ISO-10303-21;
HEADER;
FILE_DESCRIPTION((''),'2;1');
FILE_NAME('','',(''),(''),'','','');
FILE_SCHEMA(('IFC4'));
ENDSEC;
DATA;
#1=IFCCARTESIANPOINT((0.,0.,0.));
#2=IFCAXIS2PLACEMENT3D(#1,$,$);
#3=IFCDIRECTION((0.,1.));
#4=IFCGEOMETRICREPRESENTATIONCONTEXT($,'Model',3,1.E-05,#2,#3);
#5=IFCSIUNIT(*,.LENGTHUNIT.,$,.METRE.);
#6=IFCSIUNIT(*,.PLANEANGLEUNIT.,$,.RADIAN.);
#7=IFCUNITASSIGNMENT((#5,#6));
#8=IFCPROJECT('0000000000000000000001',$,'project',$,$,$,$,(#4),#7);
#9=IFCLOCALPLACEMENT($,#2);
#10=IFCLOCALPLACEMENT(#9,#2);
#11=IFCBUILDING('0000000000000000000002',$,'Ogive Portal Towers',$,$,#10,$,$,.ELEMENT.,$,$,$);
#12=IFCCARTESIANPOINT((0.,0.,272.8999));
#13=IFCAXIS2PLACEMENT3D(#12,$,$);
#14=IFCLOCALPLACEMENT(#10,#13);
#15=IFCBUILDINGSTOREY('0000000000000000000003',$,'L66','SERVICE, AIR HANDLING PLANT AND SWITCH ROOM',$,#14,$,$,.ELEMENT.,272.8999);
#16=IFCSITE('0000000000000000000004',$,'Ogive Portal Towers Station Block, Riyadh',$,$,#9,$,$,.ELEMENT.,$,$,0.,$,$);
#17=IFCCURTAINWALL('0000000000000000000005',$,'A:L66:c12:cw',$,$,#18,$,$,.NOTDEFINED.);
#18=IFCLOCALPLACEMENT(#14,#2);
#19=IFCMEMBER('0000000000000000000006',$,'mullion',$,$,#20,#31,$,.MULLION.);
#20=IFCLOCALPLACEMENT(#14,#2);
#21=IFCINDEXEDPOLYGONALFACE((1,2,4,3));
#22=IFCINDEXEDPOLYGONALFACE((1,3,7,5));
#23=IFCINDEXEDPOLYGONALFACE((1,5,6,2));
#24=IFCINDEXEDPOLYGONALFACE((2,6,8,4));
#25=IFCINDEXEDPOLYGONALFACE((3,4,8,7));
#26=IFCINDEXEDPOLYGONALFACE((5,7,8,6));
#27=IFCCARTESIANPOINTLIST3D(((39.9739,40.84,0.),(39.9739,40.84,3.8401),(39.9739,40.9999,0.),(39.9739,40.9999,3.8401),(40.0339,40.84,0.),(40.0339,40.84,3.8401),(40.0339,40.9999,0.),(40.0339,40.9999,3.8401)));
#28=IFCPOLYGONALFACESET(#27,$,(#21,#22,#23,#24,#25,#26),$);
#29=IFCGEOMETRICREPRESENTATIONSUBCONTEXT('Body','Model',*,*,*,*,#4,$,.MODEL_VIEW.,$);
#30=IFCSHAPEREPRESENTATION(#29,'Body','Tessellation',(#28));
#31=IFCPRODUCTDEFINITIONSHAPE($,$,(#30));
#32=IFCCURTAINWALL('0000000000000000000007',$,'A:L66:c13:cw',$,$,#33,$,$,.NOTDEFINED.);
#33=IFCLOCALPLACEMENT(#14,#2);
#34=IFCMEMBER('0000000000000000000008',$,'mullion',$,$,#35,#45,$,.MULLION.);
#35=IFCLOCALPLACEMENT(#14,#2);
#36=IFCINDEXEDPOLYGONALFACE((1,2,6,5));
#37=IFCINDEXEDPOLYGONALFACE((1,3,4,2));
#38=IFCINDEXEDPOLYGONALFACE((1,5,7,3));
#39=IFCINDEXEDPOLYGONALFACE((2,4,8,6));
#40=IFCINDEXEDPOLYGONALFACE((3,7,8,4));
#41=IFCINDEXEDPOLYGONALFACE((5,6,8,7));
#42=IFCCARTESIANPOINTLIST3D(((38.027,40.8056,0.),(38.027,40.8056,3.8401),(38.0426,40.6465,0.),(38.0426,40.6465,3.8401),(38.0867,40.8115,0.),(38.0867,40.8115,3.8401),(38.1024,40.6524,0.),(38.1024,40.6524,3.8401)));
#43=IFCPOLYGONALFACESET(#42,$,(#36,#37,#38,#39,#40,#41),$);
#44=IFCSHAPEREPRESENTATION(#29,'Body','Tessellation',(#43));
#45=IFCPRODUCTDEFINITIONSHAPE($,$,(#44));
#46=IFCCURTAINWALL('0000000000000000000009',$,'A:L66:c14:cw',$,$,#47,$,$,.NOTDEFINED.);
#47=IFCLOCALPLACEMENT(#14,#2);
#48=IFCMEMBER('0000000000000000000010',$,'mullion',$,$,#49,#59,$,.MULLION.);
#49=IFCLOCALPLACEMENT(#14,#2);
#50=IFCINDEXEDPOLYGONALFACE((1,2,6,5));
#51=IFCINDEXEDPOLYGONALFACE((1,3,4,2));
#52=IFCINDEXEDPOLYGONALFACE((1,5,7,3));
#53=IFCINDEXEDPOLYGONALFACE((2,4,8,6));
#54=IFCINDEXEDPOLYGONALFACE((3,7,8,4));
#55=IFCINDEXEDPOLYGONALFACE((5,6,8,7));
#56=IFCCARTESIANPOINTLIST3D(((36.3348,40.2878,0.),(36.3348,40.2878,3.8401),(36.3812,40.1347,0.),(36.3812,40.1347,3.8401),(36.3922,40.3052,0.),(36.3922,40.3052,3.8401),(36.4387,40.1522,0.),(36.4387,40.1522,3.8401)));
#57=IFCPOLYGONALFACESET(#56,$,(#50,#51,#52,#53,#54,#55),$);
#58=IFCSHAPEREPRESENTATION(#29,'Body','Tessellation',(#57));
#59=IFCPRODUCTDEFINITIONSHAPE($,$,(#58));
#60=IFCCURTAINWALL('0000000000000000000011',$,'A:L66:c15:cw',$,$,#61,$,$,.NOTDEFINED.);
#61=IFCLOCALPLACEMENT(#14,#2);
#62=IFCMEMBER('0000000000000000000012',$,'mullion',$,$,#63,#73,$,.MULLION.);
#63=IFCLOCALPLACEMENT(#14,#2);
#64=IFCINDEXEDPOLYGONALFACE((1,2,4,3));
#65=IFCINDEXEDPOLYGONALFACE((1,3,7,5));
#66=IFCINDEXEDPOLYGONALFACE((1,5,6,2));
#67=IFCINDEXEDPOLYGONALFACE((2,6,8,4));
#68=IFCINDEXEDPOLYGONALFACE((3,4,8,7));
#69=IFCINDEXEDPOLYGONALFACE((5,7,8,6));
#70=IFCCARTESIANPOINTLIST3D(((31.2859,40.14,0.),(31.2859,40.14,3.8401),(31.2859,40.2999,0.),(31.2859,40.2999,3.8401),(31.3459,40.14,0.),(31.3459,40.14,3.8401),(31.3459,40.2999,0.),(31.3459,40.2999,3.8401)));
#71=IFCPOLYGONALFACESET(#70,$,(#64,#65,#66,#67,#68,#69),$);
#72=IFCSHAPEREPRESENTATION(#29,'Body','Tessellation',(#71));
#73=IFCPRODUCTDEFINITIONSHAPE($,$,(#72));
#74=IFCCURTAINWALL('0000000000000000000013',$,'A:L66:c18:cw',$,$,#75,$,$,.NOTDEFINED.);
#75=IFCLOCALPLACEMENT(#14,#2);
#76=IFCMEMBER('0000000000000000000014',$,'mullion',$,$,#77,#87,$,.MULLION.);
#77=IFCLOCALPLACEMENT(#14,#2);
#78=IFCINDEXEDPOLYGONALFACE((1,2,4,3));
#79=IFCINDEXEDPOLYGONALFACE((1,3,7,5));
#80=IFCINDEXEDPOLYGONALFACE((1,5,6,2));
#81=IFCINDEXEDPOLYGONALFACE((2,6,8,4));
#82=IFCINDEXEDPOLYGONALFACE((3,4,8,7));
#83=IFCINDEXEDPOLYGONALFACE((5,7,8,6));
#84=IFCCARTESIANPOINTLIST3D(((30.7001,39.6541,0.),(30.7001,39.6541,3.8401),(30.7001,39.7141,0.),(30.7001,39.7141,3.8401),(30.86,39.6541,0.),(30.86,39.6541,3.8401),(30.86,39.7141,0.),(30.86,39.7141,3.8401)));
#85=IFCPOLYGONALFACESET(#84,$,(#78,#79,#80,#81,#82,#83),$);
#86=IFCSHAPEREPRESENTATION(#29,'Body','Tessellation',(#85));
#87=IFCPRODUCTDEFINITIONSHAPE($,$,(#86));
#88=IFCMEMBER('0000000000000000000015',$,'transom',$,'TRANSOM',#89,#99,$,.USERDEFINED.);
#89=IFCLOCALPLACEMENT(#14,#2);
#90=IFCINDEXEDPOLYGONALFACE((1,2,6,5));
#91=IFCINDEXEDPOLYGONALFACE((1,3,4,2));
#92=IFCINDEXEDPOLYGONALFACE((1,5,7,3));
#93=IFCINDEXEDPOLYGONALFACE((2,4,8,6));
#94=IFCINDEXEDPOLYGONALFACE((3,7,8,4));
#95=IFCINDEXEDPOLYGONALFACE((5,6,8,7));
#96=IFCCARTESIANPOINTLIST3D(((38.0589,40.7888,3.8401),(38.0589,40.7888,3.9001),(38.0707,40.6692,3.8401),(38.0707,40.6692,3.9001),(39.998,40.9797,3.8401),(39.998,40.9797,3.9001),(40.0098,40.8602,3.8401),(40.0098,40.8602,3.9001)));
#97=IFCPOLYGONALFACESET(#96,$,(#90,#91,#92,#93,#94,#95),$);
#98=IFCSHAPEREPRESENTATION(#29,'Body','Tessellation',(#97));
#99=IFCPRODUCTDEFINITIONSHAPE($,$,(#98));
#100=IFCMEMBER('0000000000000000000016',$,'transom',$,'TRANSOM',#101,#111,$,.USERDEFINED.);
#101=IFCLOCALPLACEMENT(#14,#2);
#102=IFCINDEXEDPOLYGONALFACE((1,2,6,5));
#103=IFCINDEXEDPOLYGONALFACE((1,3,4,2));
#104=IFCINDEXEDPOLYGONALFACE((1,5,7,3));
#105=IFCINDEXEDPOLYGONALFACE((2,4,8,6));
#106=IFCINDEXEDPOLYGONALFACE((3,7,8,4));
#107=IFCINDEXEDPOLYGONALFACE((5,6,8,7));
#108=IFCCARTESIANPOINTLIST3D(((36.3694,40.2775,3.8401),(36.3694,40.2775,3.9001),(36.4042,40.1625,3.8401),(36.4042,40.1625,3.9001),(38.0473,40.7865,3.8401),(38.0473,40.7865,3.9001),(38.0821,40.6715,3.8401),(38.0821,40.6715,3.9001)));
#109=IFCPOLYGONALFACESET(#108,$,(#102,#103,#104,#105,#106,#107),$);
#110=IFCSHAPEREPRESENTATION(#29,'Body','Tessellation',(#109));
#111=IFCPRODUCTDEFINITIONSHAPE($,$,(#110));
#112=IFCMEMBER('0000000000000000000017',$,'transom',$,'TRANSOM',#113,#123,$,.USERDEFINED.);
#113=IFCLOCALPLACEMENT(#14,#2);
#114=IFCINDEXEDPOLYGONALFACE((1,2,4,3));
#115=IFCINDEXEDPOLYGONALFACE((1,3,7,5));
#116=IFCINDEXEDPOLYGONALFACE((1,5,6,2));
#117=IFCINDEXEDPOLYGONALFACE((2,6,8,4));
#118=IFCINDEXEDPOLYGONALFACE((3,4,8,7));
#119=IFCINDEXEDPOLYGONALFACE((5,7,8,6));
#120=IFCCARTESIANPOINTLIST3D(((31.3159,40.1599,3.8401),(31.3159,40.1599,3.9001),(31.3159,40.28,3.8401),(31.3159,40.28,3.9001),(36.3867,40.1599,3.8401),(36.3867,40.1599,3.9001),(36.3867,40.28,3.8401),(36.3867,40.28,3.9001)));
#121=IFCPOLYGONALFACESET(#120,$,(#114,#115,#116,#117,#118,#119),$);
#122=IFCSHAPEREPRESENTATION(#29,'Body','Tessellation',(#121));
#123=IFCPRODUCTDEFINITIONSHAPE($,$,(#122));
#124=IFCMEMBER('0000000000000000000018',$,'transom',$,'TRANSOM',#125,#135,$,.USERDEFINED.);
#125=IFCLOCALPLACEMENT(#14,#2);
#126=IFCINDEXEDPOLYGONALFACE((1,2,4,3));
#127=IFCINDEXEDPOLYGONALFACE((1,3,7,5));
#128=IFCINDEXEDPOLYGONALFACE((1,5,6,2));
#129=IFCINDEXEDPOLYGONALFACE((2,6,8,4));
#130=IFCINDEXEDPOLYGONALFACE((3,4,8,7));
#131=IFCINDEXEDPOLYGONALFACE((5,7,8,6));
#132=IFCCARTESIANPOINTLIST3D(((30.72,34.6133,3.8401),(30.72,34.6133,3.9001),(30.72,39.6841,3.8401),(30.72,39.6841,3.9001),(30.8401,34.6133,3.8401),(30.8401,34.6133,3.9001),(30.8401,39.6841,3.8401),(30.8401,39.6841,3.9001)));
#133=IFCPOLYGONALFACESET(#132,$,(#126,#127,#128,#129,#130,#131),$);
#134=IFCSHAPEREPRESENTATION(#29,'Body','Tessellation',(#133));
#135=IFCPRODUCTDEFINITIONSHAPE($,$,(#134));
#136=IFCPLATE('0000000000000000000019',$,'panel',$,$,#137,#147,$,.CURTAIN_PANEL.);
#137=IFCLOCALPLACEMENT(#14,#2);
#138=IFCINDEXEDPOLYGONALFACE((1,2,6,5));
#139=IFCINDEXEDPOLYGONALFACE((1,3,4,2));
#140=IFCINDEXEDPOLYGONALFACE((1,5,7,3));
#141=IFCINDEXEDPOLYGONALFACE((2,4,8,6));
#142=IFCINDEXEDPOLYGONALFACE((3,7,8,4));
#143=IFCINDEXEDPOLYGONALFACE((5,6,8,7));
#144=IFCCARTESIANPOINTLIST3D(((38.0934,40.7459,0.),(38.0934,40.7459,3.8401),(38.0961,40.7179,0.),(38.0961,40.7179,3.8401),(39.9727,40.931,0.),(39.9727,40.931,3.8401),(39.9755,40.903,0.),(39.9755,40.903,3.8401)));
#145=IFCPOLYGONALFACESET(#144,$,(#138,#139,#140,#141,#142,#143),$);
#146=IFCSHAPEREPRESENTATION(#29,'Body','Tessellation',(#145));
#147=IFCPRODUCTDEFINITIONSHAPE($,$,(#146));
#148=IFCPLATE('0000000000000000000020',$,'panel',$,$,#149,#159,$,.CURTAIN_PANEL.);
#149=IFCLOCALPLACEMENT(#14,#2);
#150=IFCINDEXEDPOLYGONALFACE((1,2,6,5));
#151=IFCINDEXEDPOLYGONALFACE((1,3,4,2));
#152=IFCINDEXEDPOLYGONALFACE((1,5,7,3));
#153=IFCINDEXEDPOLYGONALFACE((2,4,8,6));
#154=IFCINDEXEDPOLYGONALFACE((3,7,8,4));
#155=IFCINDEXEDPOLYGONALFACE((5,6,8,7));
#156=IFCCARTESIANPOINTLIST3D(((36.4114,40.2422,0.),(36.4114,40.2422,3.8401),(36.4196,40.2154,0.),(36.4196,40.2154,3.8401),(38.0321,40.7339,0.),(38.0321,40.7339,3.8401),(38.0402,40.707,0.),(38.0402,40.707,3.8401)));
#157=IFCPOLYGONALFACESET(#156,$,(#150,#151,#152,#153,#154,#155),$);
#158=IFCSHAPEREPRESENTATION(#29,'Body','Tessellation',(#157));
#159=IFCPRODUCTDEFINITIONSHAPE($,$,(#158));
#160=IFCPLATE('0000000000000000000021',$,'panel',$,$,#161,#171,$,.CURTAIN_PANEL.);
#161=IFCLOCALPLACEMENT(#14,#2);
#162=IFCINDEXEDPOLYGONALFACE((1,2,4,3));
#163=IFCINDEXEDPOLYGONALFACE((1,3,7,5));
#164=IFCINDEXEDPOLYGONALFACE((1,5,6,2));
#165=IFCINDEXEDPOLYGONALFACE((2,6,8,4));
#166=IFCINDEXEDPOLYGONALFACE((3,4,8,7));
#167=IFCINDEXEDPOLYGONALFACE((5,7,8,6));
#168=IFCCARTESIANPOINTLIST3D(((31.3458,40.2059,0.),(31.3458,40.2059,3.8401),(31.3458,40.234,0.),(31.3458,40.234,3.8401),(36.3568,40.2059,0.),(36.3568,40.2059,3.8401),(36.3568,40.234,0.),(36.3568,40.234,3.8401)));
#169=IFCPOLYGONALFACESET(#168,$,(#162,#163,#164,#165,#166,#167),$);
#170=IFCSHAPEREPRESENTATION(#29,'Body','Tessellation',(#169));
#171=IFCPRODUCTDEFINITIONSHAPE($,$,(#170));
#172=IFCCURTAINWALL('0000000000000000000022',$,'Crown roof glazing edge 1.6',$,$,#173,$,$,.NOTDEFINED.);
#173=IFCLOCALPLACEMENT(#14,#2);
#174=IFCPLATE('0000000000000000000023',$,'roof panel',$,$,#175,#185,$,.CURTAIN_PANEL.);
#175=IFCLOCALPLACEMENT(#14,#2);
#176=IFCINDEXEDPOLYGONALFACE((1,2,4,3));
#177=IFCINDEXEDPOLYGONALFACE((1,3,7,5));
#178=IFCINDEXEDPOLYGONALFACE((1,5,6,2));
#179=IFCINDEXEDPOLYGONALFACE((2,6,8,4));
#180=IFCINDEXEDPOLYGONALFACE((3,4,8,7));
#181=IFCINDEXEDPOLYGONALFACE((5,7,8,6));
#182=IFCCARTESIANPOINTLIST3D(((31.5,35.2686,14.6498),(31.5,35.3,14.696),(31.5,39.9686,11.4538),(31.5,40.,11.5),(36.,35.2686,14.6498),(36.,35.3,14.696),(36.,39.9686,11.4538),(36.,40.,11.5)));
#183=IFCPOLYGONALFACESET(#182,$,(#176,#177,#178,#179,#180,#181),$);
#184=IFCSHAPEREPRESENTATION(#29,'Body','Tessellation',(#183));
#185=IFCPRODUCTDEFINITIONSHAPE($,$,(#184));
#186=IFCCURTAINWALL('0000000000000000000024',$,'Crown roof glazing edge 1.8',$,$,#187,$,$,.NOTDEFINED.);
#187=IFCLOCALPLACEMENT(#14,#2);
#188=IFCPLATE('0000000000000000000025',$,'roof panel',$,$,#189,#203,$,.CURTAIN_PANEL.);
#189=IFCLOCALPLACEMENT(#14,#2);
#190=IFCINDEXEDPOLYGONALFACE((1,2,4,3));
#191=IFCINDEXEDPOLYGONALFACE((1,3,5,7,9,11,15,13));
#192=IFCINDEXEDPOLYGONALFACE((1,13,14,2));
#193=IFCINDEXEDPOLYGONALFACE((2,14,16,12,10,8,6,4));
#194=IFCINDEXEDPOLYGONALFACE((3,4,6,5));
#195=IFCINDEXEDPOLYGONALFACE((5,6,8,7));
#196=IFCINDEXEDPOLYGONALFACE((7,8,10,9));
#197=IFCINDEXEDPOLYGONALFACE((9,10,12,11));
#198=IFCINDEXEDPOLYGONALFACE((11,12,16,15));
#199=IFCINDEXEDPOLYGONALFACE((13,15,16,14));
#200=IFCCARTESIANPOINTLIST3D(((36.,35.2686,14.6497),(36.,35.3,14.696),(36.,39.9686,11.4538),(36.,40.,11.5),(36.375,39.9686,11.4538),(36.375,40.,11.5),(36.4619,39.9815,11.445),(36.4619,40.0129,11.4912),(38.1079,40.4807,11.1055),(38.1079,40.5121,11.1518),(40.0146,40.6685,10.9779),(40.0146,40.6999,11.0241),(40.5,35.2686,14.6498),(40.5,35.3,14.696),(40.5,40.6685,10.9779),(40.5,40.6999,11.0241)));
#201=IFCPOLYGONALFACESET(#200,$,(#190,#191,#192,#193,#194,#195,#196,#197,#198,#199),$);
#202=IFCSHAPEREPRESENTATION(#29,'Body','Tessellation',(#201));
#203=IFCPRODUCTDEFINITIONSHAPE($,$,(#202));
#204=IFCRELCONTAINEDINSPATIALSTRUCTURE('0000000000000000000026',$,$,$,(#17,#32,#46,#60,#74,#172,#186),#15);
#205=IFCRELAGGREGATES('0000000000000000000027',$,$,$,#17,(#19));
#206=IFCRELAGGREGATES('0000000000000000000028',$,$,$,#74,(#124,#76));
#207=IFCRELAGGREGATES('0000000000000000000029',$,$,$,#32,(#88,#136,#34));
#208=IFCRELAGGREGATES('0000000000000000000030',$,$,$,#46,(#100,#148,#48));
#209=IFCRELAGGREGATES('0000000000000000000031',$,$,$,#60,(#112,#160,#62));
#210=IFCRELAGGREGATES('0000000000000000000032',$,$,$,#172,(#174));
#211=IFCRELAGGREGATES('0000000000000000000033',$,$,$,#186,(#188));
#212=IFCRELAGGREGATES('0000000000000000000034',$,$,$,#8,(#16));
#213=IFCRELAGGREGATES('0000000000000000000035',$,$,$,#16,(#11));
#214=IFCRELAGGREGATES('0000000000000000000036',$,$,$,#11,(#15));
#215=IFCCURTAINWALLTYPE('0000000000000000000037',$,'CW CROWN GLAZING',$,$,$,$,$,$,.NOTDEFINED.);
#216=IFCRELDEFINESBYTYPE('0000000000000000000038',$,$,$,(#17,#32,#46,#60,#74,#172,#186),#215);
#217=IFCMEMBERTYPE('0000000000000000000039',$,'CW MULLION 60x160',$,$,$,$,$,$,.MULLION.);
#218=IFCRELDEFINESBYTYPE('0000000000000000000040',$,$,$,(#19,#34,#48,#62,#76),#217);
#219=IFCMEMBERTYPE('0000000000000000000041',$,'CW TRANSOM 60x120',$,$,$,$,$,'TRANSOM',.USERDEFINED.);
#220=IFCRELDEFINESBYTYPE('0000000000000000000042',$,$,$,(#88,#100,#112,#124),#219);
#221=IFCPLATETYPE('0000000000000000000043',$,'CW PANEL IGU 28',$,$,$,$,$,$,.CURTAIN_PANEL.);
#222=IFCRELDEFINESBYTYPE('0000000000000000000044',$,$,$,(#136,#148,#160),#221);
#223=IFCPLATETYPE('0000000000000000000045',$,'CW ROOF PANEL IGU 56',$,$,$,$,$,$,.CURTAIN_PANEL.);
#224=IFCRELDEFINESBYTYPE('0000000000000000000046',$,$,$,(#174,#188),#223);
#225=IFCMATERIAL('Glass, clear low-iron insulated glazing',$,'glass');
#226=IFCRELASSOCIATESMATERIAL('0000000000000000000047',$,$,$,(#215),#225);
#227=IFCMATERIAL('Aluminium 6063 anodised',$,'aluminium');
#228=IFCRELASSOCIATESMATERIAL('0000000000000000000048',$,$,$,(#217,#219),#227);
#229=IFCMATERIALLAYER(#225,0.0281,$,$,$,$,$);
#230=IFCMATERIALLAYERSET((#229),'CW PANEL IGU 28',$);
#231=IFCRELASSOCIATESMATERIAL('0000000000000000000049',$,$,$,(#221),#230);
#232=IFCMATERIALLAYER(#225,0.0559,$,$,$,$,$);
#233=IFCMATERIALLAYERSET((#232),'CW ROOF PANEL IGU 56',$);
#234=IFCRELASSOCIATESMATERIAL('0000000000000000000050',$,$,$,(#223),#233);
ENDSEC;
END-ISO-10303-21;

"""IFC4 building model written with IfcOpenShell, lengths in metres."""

from ifc_helpers import new_model, si_unit, direction, frame, origin, origin_2d, place, context, subcontext, project, spatial, polyline, rectangle, outline, extrude, material, layer, layer_set, material_profile, profile_set, type_object, element, aggregate, save


model = new_model("IFC4")

# Units and contexts
model_context = context("Model", 3, precision=1e-05, world=origin(), true_north=direction((0.0, 1.0)))
body_context = subcontext(model_context, "Body", "Model", "MODEL_VIEW")
ifc_project = project(units=[si_unit("LENGTHUNIT", "METRE"), si_unit("PLANEANGLEUNIT", "RADIAN")], contexts=[model_context])

# Site, building, storey
site_placement = place(None, origin())
site = spatial("IfcSite", under=ifc_project, at=site_placement, Name="Ogive Portal Towers Station Block, Riyadh", CompositionType="ELEMENT", RefElevation=0.0)
building_placement = place(site_placement, origin())
building = spatial("IfcBuilding", under=site, at=building_placement, Name="Ogive Portal Towers", CompositionType="ELEMENT")
storey_placement = place(building_placement, frame((0.0, 0.0, 272.8999)))
storey = spatial("IfcBuildingStorey", under=building, at=storey_placement, Name="L66", Description="SERVICE, AIR HANDLING PLANT AND SWITCH ROOM", CompositionType="ELEMENT", Elevation=272.8999)

# Curtain walls, members
ifc_material_1 = material(Name="Glass, clear low-iron insulated glazing", Category="glass")
curtain_wall_type = type_object("IfcCurtainWallType", Name="CW CROWN GLAZING", PredefinedType="NOTDEFINED", material=ifc_material_1)
curtain_wall_1_placement = place(storey_placement, origin())
curtain_wall_1 = element("IfcCurtainWall", 1, at=curtain_wall_1_placement, inside=storey, type_object=curtain_wall_type, Name="A:L66:c12:cw", PredefinedType="NOTDEFINED")
ifc_material_2 = material(Name="Aluminium 6063 anodised", Category="aluminium")
ifc_material_profile_1 = material_profile(ifc_material_2, rectangle(XDim=0.1599, YDim=0.0601, at=origin_2d()), Name="AL 60x160")
ifc_profile_set_1 = profile_set([ifc_material_profile_1], Name="Aluminium 6063 anodised")
member_type_1 = type_object("IfcMemberType", Name="CW MULLION 60x160", PredefinedType="MULLION", material=ifc_profile_set_1)
member_1_placement = place(storey_placement, frame((40.0039, 40.9199, 0.0), z_axis=(0.0, 0.0, 1.0), x_axis=(0.0, -1.0, 0.0)))
member_1 = element("IfcMember", 2, at=member_1_placement, type_object=member_type_1, Name="mullion", PredefinedType="MULLION", context=body_context, shape_type="SweptSolid", body=[
    extrude(rectangle(XDim=0.1599, YDim=0.0601, at=origin_2d()), origin(), (0.0, 0.0, 1.0), 3.8401),
])
aggregate(curtain_wall_1, [member_1])
curtain_wall_2_placement = place(storey_placement, origin())
curtain_wall_2 = element("IfcCurtainWall", 3, at=curtain_wall_2_placement, inside=storey, type_object=curtain_wall_type, Name="A:L66:c13:cw", PredefinedType="NOTDEFINED")
member_2_placement = place(storey_placement, frame((38.0647, 40.729, 0.0), z_axis=(0.0, 0.0, 1.0), x_axis=(0.098017, -0.995185, 0.0)))
member_2 = element("IfcMember", 4, at=member_2_placement, type_object=member_type_1, Name="mullion", PredefinedType="MULLION", context=body_context, shape_type="SweptSolid", body=[
    extrude(rectangle(XDim=0.1599, YDim=0.0601, at=origin_2d()), origin(), (0.0, 0.0, 1.0), 3.8401),
])
curtain_wall_3_placement = place(storey_placement, origin())
curtain_wall_3 = element("IfcCurtainWall", 5, at=curtain_wall_3_placement, inside=storey, type_object=curtain_wall_type, Name="A:L66:c14:cw", PredefinedType="NOTDEFINED")
member_3_placement = place(storey_placement, frame((36.3867, 40.22, 0.0), z_axis=(0.0, 0.0, 1.0), x_axis=(0.290285, -0.95694, 0.0)))
member_3 = element("IfcMember", 6, at=member_3_placement, type_object=member_type_1, Name="mullion", PredefinedType="MULLION", context=body_context, shape_type="SweptSolid", body=[
    extrude(rectangle(XDim=0.1599, YDim=0.0601, at=origin_2d()), origin(), (0.0, 0.0, 1.0), 3.8401),
])
curtain_wall_4_placement = place(storey_placement, origin())
curtain_wall_4 = element("IfcCurtainWall", 7, at=curtain_wall_4_placement, inside=storey, type_object=curtain_wall_type, Name="A:L66:c15:cw", PredefinedType="NOTDEFINED")
member_4_placement = place(storey_placement, frame((31.3159, 40.22, 0.0), z_axis=(0.0, 0.0, 1.0), x_axis=(0.0, -1.0, 0.0)))
member_4 = element("IfcMember", 8, at=member_4_placement, type_object=member_type_1, Name="mullion", PredefinedType="MULLION", context=body_context, shape_type="SweptSolid", body=[
    extrude(rectangle(XDim=0.1599, YDim=0.0601, at=origin_2d()), origin(), (0.0, 0.0, 1.0), 3.8401),
])
curtain_wall_5_placement = place(storey_placement, origin())
curtain_wall_5 = element("IfcCurtainWall", 9, at=curtain_wall_5_placement, inside=storey, type_object=curtain_wall_type, Name="A:L66:c18:cw", PredefinedType="NOTDEFINED")
member_5_placement = place(storey_placement, frame((30.78, 39.6841, 0.0), z_axis=(0.0, 0.0, 1.0), x_axis=(1.0, 0.0, 0.0)))
member_5 = element("IfcMember", 10, at=member_5_placement, type_object=member_type_1, Name="mullion", PredefinedType="MULLION", context=body_context, shape_type="SweptSolid", body=[
    extrude(rectangle(XDim=0.1599, YDim=0.0601, at=origin_2d()), origin(), (0.0, 0.0, 1.0), 3.8401),
])

# Members
ifc_material_profile_2 = material_profile(ifc_material_2, rectangle(XDim=0.1201, YDim=0.0601, at=origin_2d()), Name="AL 120x60")
ifc_profile_set_2 = profile_set([ifc_material_profile_2], Name="Aluminium 6063 anodised")
member_type_2 = type_object("IfcMemberType", Name="CW TRANSOM 60x120", ElementType="TRANSOM", PredefinedType="USERDEFINED", material=ifc_profile_set_2)
member_6_placement = place(storey_placement, frame((40.0039, 40.9199, 3.8701), z_axis=(-0.995189, -0.097978, 0.0), x_axis=(0.097978, -0.995189, 0.0)))
member_6 = element("IfcMember", 11, at=member_6_placement, type_object=member_type_2, Name="transom", ObjectType="TRANSOM", PredefinedType="USERDEFINED", context=body_context, shape_type="SweptSolid", body=[
    extrude(rectangle(XDim=0.1201, YDim=0.0601, at=origin_2d()), origin(), (0.0, 0.0, 1.0), 1.9485),
])
member_7_placement = place(storey_placement, frame((38.0647, 40.729, 3.8701), z_axis=(-0.956937, -0.290297, 0.0), x_axis=(0.290297, -0.956937, 0.0)))
member_7 = element("IfcMember", 12, at=member_7_placement, type_object=member_type_2, Name="transom", ObjectType="TRANSOM", PredefinedType="USERDEFINED", context=body_context, shape_type="SweptSolid", body=[
    extrude(rectangle(XDim=0.1201, YDim=0.0601, at=origin_2d()), origin(), (0.0, 0.0, 1.0), 1.7534),
])
member_8_placement = place(storey_placement, frame((36.3867, 40.22, 3.8701), z_axis=(-1.0, 0.0, 0.0), x_axis=(0.0, -1.0, 0.0)))
member_8 = element("IfcMember", 13, at=member_8_placement, type_object=member_type_2, Name="transom", ObjectType="TRANSOM", PredefinedType="USERDEFINED", context=body_context, shape_type="SweptSolid", body=[
    extrude(rectangle(XDim=0.1201, YDim=0.0601, at=origin_2d()), origin(), (0.0, 0.0, 1.0), 5.0708),
])
member_9_placement = place(storey_placement, frame((30.78, 39.6841, 3.8701), z_axis=(0.0, -1.0, 0.0), x_axis=(1.0, 0.0, 0.0)))
member_9 = element("IfcMember", 14, at=member_9_placement, type_object=member_type_2, Name="transom", ObjectType="TRANSOM", PredefinedType="USERDEFINED", context=body_context, shape_type="SweptSolid", body=[
    extrude(rectangle(XDim=0.1201, YDim=0.0601, at=origin_2d()), origin(), (0.0, 0.0, 1.0), 5.0708),
])
aggregate(curtain_wall_5, [member_9, member_5])

# Plates
ifc_layer_1 = layer(ifc_material_1, 0.0281)
ifc_layer_set_1 = layer_set([ifc_layer_1], Name="CW PANEL IGU 28")
plate_type_1 = type_object("IfcPlateType", Name="CW PANEL IGU 28", PredefinedType="CURTAIN_PANEL", material=ifc_layer_set_1)
plate_1_placement = place(storey_placement, frame((39.0344, 40.8245, 0.0), z_axis=(0.0, 0.0, 1.0), x_axis=(-0.995185, -0.098017, 0.0)))
plate_1 = element("IfcPlate", 15, at=plate_1_placement, type_object=plate_type_1, Name="panel", PredefinedType="CURTAIN_PANEL", context=body_context, shape_type="SweptSolid", body=[
    extrude(rectangle(XDim=1.8884, YDim=0.0281, at=origin_2d()), origin(), (0.0, 0.0, 1.0), 3.8401),
])
aggregate(curtain_wall_2, [member_6, plate_1, member_2])
plate_2_placement = place(storey_placement, frame((37.2258, 40.4746, 0.0), z_axis=(0.0, 0.0, 1.0), x_axis=(-0.95694, -0.290285, 0.0)))
plate_2 = element("IfcPlate", 16, at=plate_2_placement, type_object=plate_type_1, Name="panel", PredefinedType="CURTAIN_PANEL", context=body_context, shape_type="SweptSolid", body=[
    extrude(rectangle(XDim=1.6936, YDim=0.0281, at=origin_2d()), origin(), (0.0, 0.0, 1.0), 3.8401),
])
aggregate(curtain_wall_3, [member_7, plate_2, member_3])
plate_3_placement = place(storey_placement, frame((33.8513, 40.22, 0.0), z_axis=(0.0, 0.0, 1.0), x_axis=(-1.0, 0.0, 0.0)))
plate_3 = element("IfcPlate", 17, at=plate_3_placement, type_object=plate_type_1, Name="panel", PredefinedType="CURTAIN_PANEL", context=body_context, shape_type="SweptSolid", body=[
    extrude(rectangle(XDim=5.011, YDim=0.0281, at=origin_2d()), origin(), (0.0, 0.0, 1.0), 3.8401),
])
aggregate(curtain_wall_4, [member_8, plate_3, member_4])

# Curtain walls, plates
curtain_wall_6_placement = place(storey_placement, origin())
curtain_wall_6 = element("IfcCurtainWall", 18, at=curtain_wall_6_placement, inside=storey, type_object=curtain_wall_type, Name="Crown roof glazing edge 1.6", PredefinedType="NOTDEFINED")
ifc_layer_2 = layer(ifc_material_1, 0.0559)
ifc_layer_set_2 = layer_set([ifc_layer_2], Name="CW ROOF PANEL IGU 56")
plate_type_2 = type_object("IfcPlateType", Name="CW ROOF PANEL IGU 56", PredefinedType="CURTAIN_PANEL", material=ifc_layer_set_2)
plate_4_placement = place(storey_placement, frame((31.5, 40.0, 11.5), z_axis=(0.0, 0.562319, 0.82692), x_axis=(0.0, -0.82692, 0.562319)))
plate_4 = element("IfcPlate", 19, at=plate_4_placement, type_object=plate_type_2, Name="roof panel", PredefinedType="CURTAIN_PANEL", context=body_context, shape_type="SweptSolid", body=[
    extrude(outline(polyline([(0.0, 0.0), (5.6837, 0.0), (5.6837, 4.5), (0.0, 4.5), (0.0, 0.0)])), origin(), (0.0, 0.0, -1.0), 0.0559),
])
aggregate(curtain_wall_6, [plate_4])
curtain_wall_7_placement = place(storey_placement, origin())
curtain_wall_7 = element("IfcCurtainWall", 20, at=curtain_wall_7_placement, inside=storey, type_object=curtain_wall_type, Name="Crown roof glazing edge 1.8", PredefinedType="NOTDEFINED")
plate_5_placement = place(storey_placement, frame((36.0, 40.0, 11.5), z_axis=(-0.000012, 0.562307, 0.826929), x_axis=(0.0, -0.826929, 0.562307)))
plate_5 = element("IfcPlate", 21, at=plate_5_placement, type_object=plate_type_2, Name="roof panel", PredefinedType="CURTAIN_PANEL", context=body_context, shape_type="SweptSolid", body=[
    extrude(outline(polyline([(0.0, 0.0), (5.6837, 0.0), (5.6837, 4.5), (-0.8464, 4.5), (-0.8464, 4.0146), (-0.6193, 2.1079), (-0.0156, 0.4619), (0.0, 0.375), (0.0, 0.0)])), origin(), (0.0, 0.0, -1.0), 0.0559),
])
aggregate(curtain_wall_7, [plate_5])

save(model, "model.ifc")
